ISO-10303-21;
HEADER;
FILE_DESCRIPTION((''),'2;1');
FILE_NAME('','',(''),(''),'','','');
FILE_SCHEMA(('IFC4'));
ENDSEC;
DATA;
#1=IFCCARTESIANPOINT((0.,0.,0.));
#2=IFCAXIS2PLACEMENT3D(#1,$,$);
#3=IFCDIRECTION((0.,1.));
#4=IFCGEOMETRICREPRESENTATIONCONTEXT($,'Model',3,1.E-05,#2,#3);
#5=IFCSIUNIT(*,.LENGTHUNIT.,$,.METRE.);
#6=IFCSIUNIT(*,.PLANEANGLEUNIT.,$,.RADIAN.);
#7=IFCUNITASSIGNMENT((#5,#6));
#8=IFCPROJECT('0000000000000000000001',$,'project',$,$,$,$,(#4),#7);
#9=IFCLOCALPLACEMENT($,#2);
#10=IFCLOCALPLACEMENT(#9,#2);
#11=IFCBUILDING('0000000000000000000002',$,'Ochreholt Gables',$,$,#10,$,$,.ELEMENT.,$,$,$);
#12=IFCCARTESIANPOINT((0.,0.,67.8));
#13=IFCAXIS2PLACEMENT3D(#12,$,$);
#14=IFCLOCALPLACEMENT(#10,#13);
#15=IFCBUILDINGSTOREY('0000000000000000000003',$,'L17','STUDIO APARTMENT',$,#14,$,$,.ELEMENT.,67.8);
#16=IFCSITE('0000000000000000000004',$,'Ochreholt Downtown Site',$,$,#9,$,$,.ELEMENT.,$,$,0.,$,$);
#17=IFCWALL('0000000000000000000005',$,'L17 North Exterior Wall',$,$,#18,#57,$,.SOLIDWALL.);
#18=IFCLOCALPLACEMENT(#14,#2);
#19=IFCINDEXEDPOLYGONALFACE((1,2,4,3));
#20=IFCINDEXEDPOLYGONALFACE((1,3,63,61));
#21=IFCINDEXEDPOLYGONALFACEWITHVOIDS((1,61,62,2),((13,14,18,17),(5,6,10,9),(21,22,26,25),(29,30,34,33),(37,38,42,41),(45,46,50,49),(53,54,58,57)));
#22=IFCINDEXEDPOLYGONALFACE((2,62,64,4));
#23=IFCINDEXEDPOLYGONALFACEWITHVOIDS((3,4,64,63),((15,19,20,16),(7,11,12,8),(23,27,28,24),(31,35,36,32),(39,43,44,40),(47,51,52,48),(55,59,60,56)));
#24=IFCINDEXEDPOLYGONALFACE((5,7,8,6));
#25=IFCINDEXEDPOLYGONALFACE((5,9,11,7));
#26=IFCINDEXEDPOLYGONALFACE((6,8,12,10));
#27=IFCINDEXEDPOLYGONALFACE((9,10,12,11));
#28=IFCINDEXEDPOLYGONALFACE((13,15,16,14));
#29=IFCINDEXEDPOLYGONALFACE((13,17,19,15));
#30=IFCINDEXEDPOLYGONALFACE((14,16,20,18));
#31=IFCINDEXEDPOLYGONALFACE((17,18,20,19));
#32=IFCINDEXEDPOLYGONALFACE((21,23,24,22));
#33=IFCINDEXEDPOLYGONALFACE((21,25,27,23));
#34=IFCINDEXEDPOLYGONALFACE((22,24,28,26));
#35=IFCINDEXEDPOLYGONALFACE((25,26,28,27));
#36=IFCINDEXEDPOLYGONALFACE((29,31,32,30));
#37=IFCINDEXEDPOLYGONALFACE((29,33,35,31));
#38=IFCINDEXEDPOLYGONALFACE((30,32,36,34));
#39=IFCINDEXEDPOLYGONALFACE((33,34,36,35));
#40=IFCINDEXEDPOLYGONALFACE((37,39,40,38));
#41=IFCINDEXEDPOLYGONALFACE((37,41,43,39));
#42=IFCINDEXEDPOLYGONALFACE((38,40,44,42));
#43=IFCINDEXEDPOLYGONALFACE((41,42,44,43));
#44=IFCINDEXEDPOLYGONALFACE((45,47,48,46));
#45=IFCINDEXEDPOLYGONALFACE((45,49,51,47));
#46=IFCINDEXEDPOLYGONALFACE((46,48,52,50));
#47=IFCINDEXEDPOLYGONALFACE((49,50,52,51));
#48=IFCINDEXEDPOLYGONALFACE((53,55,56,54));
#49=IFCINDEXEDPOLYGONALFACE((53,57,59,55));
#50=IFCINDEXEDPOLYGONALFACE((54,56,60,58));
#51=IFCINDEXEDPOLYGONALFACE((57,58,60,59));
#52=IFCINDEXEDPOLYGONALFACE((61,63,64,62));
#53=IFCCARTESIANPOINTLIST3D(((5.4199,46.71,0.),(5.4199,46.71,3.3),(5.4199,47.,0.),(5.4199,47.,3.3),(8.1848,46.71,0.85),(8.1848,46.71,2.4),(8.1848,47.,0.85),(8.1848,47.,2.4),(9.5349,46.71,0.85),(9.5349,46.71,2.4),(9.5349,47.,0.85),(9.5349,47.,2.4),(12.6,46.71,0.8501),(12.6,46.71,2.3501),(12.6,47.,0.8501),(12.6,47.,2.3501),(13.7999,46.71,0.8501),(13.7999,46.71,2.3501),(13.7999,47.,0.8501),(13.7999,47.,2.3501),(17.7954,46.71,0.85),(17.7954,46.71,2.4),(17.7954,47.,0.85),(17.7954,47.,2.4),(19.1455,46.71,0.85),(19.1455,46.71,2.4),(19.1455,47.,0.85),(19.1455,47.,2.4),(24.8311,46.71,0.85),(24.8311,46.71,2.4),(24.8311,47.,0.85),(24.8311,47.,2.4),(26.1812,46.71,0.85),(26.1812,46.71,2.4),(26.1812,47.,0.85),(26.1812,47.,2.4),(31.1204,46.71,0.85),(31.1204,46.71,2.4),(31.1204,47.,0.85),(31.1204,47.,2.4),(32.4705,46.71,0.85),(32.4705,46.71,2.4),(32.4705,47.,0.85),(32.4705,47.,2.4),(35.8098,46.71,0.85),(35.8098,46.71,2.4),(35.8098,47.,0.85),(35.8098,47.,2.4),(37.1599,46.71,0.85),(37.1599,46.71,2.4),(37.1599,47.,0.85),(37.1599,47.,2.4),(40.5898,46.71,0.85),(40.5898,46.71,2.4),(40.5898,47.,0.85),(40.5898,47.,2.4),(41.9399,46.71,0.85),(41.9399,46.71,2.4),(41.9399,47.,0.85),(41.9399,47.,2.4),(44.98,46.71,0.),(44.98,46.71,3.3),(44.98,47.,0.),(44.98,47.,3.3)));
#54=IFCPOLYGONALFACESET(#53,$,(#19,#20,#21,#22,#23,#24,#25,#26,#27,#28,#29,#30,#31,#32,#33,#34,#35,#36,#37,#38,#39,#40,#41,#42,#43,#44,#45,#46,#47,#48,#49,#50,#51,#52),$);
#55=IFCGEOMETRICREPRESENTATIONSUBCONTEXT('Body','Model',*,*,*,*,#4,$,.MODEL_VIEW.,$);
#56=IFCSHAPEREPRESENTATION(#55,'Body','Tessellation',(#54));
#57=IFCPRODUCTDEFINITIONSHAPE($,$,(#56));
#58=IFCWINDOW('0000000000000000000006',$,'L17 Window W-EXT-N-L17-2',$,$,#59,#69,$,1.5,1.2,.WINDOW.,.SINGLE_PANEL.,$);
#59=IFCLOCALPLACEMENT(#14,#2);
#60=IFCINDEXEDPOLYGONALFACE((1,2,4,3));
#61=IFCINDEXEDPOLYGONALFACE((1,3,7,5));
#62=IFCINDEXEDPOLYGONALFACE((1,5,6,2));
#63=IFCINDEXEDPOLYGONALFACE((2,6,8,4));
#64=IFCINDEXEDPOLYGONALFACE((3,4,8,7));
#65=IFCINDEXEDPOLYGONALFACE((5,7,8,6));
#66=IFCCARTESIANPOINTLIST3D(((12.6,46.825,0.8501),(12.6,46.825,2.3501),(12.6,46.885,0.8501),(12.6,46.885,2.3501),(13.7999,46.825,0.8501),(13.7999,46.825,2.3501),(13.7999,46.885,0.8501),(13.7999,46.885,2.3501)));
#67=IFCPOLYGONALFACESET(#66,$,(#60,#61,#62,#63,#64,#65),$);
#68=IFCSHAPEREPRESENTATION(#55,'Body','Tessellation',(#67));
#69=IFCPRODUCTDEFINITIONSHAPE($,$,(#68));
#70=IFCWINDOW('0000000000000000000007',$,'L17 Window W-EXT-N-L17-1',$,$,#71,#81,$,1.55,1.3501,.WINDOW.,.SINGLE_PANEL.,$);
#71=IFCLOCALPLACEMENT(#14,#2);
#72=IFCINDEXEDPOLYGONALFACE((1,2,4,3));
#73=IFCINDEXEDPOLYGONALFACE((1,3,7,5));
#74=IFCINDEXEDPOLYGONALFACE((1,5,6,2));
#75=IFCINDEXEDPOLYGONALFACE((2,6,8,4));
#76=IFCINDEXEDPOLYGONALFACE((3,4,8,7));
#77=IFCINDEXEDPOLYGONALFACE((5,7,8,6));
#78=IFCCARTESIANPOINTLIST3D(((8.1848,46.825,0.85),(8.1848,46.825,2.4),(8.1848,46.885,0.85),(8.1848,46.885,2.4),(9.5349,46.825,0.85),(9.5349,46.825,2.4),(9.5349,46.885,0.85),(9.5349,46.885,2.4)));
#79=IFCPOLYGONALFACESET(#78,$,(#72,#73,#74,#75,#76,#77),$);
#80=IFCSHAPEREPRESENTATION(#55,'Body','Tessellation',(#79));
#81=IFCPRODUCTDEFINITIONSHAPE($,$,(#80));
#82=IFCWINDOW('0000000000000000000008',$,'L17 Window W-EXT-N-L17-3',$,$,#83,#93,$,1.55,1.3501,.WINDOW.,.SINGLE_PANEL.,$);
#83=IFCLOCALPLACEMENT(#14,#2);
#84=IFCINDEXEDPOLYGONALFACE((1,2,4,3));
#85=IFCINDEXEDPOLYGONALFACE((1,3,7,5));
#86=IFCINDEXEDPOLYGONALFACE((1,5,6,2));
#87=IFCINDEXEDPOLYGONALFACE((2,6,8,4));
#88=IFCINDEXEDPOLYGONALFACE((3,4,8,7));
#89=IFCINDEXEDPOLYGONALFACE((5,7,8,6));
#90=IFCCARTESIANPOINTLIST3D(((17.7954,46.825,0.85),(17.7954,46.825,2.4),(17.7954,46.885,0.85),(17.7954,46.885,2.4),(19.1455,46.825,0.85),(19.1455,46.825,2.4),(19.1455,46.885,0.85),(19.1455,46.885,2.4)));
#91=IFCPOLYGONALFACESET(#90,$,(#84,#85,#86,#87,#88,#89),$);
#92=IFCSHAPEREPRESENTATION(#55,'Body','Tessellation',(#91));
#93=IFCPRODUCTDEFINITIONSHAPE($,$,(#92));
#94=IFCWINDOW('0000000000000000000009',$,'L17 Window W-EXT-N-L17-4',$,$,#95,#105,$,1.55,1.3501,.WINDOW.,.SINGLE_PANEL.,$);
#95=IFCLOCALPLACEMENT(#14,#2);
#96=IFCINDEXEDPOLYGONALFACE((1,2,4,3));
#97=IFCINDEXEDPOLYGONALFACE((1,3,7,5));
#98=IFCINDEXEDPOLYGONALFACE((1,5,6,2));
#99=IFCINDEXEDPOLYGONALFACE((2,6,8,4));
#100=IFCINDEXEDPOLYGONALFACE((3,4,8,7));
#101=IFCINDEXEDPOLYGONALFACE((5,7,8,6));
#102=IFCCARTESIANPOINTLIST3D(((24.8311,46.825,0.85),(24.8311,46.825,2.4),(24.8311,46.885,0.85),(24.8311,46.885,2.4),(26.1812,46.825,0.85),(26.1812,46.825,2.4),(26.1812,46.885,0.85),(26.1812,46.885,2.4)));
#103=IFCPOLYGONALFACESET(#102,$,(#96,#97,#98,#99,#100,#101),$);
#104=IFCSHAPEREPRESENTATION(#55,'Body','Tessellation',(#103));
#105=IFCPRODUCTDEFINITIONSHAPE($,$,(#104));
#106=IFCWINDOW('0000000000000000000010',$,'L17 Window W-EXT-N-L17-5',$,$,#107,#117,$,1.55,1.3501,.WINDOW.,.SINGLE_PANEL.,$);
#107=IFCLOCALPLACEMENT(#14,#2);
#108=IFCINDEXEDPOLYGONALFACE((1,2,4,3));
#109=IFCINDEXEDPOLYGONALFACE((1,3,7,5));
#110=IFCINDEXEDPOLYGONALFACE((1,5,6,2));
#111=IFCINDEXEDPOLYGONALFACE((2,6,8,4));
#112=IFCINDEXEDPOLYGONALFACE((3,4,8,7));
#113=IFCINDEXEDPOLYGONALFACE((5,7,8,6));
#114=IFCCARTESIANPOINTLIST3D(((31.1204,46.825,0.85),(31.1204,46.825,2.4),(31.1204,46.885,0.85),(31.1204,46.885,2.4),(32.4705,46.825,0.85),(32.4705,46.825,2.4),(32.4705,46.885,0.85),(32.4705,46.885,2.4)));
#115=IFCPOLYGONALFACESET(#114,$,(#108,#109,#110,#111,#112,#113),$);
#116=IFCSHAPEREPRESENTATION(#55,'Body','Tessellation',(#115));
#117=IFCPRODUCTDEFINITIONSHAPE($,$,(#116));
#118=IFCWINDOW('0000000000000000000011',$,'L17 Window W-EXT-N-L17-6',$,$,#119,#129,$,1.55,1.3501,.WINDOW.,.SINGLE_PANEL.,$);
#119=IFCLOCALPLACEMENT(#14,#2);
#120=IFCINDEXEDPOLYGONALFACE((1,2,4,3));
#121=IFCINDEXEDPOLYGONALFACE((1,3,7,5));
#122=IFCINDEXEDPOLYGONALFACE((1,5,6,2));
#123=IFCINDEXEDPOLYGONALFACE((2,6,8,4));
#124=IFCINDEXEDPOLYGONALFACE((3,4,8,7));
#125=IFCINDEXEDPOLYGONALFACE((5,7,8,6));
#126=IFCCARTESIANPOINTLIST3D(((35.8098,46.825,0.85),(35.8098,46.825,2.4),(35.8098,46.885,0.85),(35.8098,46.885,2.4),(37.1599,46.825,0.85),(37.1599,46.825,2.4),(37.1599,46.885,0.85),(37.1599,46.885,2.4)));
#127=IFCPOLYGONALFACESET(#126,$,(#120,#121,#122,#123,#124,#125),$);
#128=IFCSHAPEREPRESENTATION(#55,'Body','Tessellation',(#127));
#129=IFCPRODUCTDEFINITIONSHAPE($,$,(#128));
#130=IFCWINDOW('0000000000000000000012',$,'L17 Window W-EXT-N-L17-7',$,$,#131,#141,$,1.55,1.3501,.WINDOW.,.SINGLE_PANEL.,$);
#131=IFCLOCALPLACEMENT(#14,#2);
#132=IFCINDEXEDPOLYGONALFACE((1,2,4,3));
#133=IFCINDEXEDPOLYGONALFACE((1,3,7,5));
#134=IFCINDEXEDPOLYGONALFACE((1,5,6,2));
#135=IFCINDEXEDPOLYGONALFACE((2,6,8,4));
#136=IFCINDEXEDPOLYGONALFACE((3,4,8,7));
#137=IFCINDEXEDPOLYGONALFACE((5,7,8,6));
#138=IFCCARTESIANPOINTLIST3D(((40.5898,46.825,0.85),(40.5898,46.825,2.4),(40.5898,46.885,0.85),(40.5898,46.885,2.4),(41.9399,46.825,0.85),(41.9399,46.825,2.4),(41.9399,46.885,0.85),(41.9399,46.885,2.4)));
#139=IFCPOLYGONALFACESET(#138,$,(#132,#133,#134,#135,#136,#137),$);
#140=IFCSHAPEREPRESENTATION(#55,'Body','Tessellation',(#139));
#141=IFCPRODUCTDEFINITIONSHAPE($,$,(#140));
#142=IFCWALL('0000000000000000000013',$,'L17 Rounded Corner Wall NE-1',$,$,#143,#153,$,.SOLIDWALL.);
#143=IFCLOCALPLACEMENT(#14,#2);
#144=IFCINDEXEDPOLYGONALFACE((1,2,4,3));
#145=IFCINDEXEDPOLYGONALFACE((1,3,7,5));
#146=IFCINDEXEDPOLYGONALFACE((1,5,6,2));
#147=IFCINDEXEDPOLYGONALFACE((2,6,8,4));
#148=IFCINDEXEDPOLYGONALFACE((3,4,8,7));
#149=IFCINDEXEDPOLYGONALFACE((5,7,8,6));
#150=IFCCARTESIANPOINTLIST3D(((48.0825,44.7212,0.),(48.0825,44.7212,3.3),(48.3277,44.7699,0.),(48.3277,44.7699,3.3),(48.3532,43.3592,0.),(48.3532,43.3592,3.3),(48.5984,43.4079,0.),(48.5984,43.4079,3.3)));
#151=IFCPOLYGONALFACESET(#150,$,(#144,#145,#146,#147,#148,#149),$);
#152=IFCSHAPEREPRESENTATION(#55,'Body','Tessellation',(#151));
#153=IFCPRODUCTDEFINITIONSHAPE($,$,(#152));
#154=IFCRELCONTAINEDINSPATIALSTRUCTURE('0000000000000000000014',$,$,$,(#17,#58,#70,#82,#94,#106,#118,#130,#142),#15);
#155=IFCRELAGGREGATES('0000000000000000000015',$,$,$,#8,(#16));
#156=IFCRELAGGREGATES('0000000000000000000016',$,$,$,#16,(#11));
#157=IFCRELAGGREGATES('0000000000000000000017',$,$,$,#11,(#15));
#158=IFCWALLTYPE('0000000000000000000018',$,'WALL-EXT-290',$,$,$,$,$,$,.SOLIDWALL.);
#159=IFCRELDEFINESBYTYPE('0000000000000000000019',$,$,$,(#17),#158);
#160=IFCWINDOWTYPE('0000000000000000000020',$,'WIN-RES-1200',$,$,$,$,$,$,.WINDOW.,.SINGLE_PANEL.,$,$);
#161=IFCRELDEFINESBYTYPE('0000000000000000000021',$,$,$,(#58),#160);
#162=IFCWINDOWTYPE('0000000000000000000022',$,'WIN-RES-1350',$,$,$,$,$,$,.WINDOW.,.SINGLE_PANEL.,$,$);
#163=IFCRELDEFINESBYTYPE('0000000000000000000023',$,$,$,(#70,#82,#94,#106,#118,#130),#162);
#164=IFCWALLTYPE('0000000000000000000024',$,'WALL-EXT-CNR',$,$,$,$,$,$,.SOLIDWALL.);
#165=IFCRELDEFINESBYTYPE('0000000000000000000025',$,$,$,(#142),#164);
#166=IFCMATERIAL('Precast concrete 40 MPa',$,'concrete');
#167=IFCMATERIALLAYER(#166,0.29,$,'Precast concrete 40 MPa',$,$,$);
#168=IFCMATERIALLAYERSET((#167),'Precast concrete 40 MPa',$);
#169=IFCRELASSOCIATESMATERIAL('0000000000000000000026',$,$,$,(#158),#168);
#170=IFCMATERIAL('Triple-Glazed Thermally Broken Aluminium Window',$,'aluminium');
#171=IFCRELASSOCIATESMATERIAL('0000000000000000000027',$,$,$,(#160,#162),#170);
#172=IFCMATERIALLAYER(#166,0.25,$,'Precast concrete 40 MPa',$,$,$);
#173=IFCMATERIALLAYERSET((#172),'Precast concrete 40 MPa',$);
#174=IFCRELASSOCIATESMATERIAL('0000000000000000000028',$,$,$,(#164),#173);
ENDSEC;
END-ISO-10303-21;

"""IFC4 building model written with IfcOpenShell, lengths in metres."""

from ifc_helpers import new_model, si_unit, direction, frame, frame_2d, origin, place, context, subcontext, project, spatial, rectangle, extrude, material, layer, layer_set, type_object, element, fill, save


model = new_model("IFC4")

# Units and contexts
model_context = context("Model", 3, precision=1e-05, world=origin(), true_north=direction((0.0, 1.0)))
body_context = subcontext(model_context, "Body", "Model", "MODEL_VIEW")
ifc_project = project(units=[si_unit("LENGTHUNIT", "METRE"), si_unit("PLANEANGLEUNIT", "RADIAN")], contexts=[model_context])

# Site, building, storey
site_placement = place(None, origin())
site = spatial("IfcSite", under=ifc_project, at=site_placement, Name="Ochreholt Downtown Site", CompositionType="ELEMENT", RefElevation=0.0)
building_placement = place(site_placement, origin())
building = spatial("IfcBuilding", under=site, at=building_placement, Name="Ochreholt Gables", CompositionType="ELEMENT")
storey_placement = place(building_placement, frame((0.0, 0.0, 67.8)))
storey = spatial("IfcBuildingStorey", under=building, at=storey_placement, Name="L17", Description="STUDIO APARTMENT", CompositionType="ELEMENT", Elevation=67.8)

# Wall, openings, windows
ifc_material_1 = material(Name="Precast concrete 40 MPa", Category="concrete")
ifc_layer_1 = layer(ifc_material_1, 0.29, Name="Precast concrete 40 MPa")
ifc_layer_set_1 = layer_set([ifc_layer_1], Name="Precast concrete 40 MPa")
wall_type_1 = type_object("IfcWallType", Name="WALL-EXT-290", PredefinedType="SOLIDWALL", material=ifc_layer_set_1)
wall_1_placement = place(storey_placement, frame((44.98, 46.855, 0.0), z_axis=(0.0, 0.0, 1.0), x_axis=(-1.0, 0.0, 0.0)))
wall_1 = element("IfcWall", 1, at=wall_1_placement, inside=storey, type_object=wall_type_1, Name="L17 North Exterior Wall", PredefinedType="SOLIDWALL", context=body_context, shape_type="SweptSolid", body=[
    extrude(rectangle(XDim=39.5601, YDim=0.29, at=frame_2d((19.78, 0.0))), origin(), (0.0, 0.0, 1.0), 3.3),
])
opening_1_placement = place(wall_1_placement, frame((35.4451, 0.0, 0.8501)))
opening_1 = element("IfcOpeningElement", 2, at=opening_1_placement, cuts=wall_1, PredefinedType="OPENING", context=body_context, shape_type="SweptSolid", body=[
    extrude(rectangle(XDim=1.3501, YDim=1.55, at=frame_2d((0.675, 0.7749))), frame((0.0, 0.155, 0.0), z_axis=(0.0, -1.0, 0.0), x_axis=(1.0, 0.0, 0.0)), (0.0, 0.0, 1.0), 0.3101),
])
opening_2_placement = place(wall_1_placement, frame((31.1799, 0.0, 0.8501)))
opening_2 = element("IfcOpeningElement", 3, at=opening_2_placement, cuts=wall_1, PredefinedType="OPENING", context=body_context, shape_type="SweptSolid", body=[
    extrude(rectangle(XDim=1.2, YDim=1.5, at=frame_2d((0.6001, 0.75))), frame((0.0, 0.155, 0.0), z_axis=(0.0, -1.0, 0.0), x_axis=(1.0, 0.0, 0.0)), (0.0, 0.0, 1.0), 0.3101),
])
opening_3_placement = place(wall_1_placement, frame((25.8345, 0.0, 0.8501)))
opening_3 = element("IfcOpeningElement", 4, at=opening_3_placement, cuts=wall_1, PredefinedType="OPENING", context=body_context, shape_type="SweptSolid", body=[
    extrude(rectangle(XDim=1.3501, YDim=1.55, at=frame_2d((0.675, 0.7749))), frame((0.0, 0.155, 0.0), z_axis=(0.0, -1.0, 0.0), x_axis=(1.0, 0.0, 0.0)), (0.0, 0.0, 1.0), 0.3101),
])
opening_4_placement = place(wall_1_placement, frame((18.7988, 0.0, 0.8501)))
opening_4 = element("IfcOpeningElement", 5, at=opening_4_placement, cuts=wall_1, PredefinedType="OPENING", context=body_context, shape_type="SweptSolid", body=[
    extrude(rectangle(XDim=1.3501, YDim=1.55, at=frame_2d((0.675, 0.7749))), frame((0.0, 0.155, 0.0), z_axis=(0.0, -1.0, 0.0), x_axis=(1.0, 0.0, 0.0)), (0.0, 0.0, 1.0), 0.3101),
])
opening_5_placement = place(wall_1_placement, frame((12.5095, 0.0, 0.8501)))
opening_5 = element("IfcOpeningElement", 6, at=opening_5_placement, cuts=wall_1, PredefinedType="OPENING", context=body_context, shape_type="SweptSolid", body=[
    extrude(rectangle(XDim=1.3501, YDim=1.55, at=frame_2d((0.675, 0.7749))), frame((0.0, 0.155, 0.0), z_axis=(0.0, -1.0, 0.0), x_axis=(1.0, 0.0, 0.0)), (0.0, 0.0, 1.0), 0.3101),
])
opening_6_placement = place(wall_1_placement, frame((7.8201, 0.0, 0.8501)))
opening_6 = element("IfcOpeningElement", 7, at=opening_6_placement, cuts=wall_1, PredefinedType="OPENING", context=body_context, shape_type="SweptSolid", body=[
    extrude(rectangle(XDim=1.3501, YDim=1.55, at=frame_2d((0.675, 0.7749))), frame((0.0, 0.155, 0.0), z_axis=(0.0, -1.0, 0.0), x_axis=(1.0, 0.0, 0.0)), (0.0, 0.0, 1.0), 0.3101),
])
opening_7_placement = place(wall_1_placement, frame((3.04, 0.0, 0.8501)))
opening_7 = element("IfcOpeningElement", 8, at=opening_7_placement, cuts=wall_1, PredefinedType="OPENING", context=body_context, shape_type="SweptSolid", body=[
    extrude(rectangle(XDim=1.3501, YDim=1.55, at=frame_2d((0.675, 0.7749))), frame((0.0, 0.155, 0.0), z_axis=(0.0, -1.0, 0.0), x_axis=(1.0, 0.0, 0.0)), (0.0, 0.0, 1.0), 0.3101),
])
ifc_material_2 = material(Name="Triple-Glazed Thermally Broken Aluminium Window", Category="aluminium")
window_type_1 = type_object("IfcWindowType", Name="WIN-RES-1200", PartitioningType="SINGLE_PANEL", PredefinedType="WINDOW", material=ifc_material_2)
window_1_placement = place(opening_2_placement, origin())
window_1 = element("IfcWindow", 9, at=window_1_placement, inside=storey, type_object=window_type_1, Name="L17 Window W-EXT-N-L17-2", OverallHeight=1.5, OverallWidth=1.2, PartitioningType="SINGLE_PANEL", PredefinedType="WINDOW", context=body_context, shape_type="SweptSolid", body=[
    extrude(rectangle(XDim=1.2, YDim=1.5, at=frame_2d((0.6001, 0.75))), frame((0.0, 0.03, 0.0), z_axis=(0.0, -1.0, 0.0), x_axis=(1.0, 0.0, 0.0)), (0.0, 0.0, 1.0), 0.0601),
])
fill(opening_2, window_1)
window_type_2 = type_object("IfcWindowType", Name="WIN-RES-1350", PartitioningType="SINGLE_PANEL", PredefinedType="WINDOW", material=ifc_material_2)
window_2_placement = place(opening_1_placement, origin())
window_2 = element("IfcWindow", 10, at=window_2_placement, inside=storey, type_object=window_type_2, Name="L17 Window W-EXT-N-L17-1", OverallHeight=1.55, OverallWidth=1.3501, PartitioningType="SINGLE_PANEL", PredefinedType="WINDOW", context=body_context, shape_type="SweptSolid", body=[
    extrude(rectangle(XDim=1.3501, YDim=1.55, at=frame_2d((0.675, 0.7749))), frame((0.0, 0.03, 0.0), z_axis=(0.0, -1.0, 0.0), x_axis=(1.0, 0.0, 0.0)), (0.0, 0.0, 1.0), 0.0601),
])
fill(opening_1, window_2)
window_3_placement = place(opening_3_placement, origin())
window_3 = element("IfcWindow", 11, at=window_3_placement, inside=storey, type_object=window_type_2, Name="L17 Window W-EXT-N-L17-3", OverallHeight=1.55, OverallWidth=1.3501, PartitioningType="SINGLE_PANEL", PredefinedType="WINDOW", context=body_context, shape_type="SweptSolid", body=[
    extrude(rectangle(XDim=1.3501, YDim=1.55, at=frame_2d((0.675, 0.7749))), frame((0.0, 0.03, 0.0), z_axis=(0.0, -1.0, 0.0), x_axis=(1.0, 0.0, 0.0)), (0.0, 0.0, 1.0), 0.0601),
])
fill(opening_3, window_3)
window_4_placement = place(opening_4_placement, origin())
window_4 = element("IfcWindow", 12, at=window_4_placement, inside=storey, type_object=window_type_2, Name="L17 Window W-EXT-N-L17-4", OverallHeight=1.55, OverallWidth=1.3501, PartitioningType="SINGLE_PANEL", PredefinedType="WINDOW", context=body_context, shape_type="SweptSolid", body=[
    extrude(rectangle(XDim=1.3501, YDim=1.55, at=frame_2d((0.675, 0.7749))), frame((0.0, 0.03, 0.0), z_axis=(0.0, -1.0, 0.0), x_axis=(1.0, 0.0, 0.0)), (0.0, 0.0, 1.0), 0.0601),
])
fill(opening_4, window_4)
window_5_placement = place(opening_5_placement, origin())
window_5 = element("IfcWindow", 13, at=window_5_placement, inside=storey, type_object=window_type_2, Name="L17 Window W-EXT-N-L17-5", OverallHeight=1.55, OverallWidth=1.3501, PartitioningType="SINGLE_PANEL", PredefinedType="WINDOW", context=body_context, shape_type="SweptSolid", body=[
    extrude(rectangle(XDim=1.3501, YDim=1.55, at=frame_2d((0.675, 0.7749))), frame((0.0, 0.03, 0.0), z_axis=(0.0, -1.0, 0.0), x_axis=(1.0, 0.0, 0.0)), (0.0, 0.0, 1.0), 0.0601),
])
fill(opening_5, window_5)
window_6_placement = place(opening_6_placement, origin())
window_6 = element("IfcWindow", 14, at=window_6_placement, inside=storey, type_object=window_type_2, Name="L17 Window W-EXT-N-L17-6", OverallHeight=1.55, OverallWidth=1.3501, PartitioningType="SINGLE_PANEL", PredefinedType="WINDOW", context=body_context, shape_type="SweptSolid", body=[
    extrude(rectangle(XDim=1.3501, YDim=1.55, at=frame_2d((0.675, 0.7749))), frame((0.0, 0.03, 0.0), z_axis=(0.0, -1.0, 0.0), x_axis=(1.0, 0.0, 0.0)), (0.0, 0.0, 1.0), 0.0601),
])
fill(opening_6, window_6)
window_7_placement = place(opening_7_placement, origin())
window_7 = element("IfcWindow", 15, at=window_7_placement, inside=storey, type_object=window_type_2, Name="L17 Window W-EXT-N-L17-7", OverallHeight=1.55, OverallWidth=1.3501, PartitioningType="SINGLE_PANEL", PredefinedType="WINDOW", context=body_context, shape_type="SweptSolid", body=[
    extrude(rectangle(XDim=1.3501, YDim=1.55, at=frame_2d((0.675, 0.7749))), frame((0.0, 0.03, 0.0), z_axis=(0.0, -1.0, 0.0), x_axis=(1.0, 0.0, 0.0)), (0.0, 0.0, 1.0), 0.0601),
])
fill(opening_7, window_7)

# Wall
ifc_layer_2 = layer(ifc_material_1, 0.25, Name="Precast concrete 40 MPa")
ifc_layer_set_2 = layer_set([ifc_layer_2], Name="Precast concrete 40 MPa")
wall_type_2 = type_object("IfcWallType", Name="WALL-EXT-CNR", PredefinedType="SOLIDWALL", material=ifc_layer_set_2)
wall_2_placement = place(storey_placement, frame((48.4758, 43.3835, 0.0), z_axis=(0.0, 0.0, 1.0), x_axis=(-0.194967, 0.98081, 0.0)))
element("IfcWall", 16, at=wall_2_placement, inside=storey, type_object=wall_type_2, Name="L17 Rounded Corner Wall NE-1", PredefinedType="SOLIDWALL", context=body_context, shape_type="SweptSolid", body=[
    extrude(rectangle(XDim=1.3887, YDim=0.25, at=frame_2d((0.6943, 0.0))), origin(), (0.0, 0.0, 1.0), 3.3),
])

save(model, "model.ifc")
